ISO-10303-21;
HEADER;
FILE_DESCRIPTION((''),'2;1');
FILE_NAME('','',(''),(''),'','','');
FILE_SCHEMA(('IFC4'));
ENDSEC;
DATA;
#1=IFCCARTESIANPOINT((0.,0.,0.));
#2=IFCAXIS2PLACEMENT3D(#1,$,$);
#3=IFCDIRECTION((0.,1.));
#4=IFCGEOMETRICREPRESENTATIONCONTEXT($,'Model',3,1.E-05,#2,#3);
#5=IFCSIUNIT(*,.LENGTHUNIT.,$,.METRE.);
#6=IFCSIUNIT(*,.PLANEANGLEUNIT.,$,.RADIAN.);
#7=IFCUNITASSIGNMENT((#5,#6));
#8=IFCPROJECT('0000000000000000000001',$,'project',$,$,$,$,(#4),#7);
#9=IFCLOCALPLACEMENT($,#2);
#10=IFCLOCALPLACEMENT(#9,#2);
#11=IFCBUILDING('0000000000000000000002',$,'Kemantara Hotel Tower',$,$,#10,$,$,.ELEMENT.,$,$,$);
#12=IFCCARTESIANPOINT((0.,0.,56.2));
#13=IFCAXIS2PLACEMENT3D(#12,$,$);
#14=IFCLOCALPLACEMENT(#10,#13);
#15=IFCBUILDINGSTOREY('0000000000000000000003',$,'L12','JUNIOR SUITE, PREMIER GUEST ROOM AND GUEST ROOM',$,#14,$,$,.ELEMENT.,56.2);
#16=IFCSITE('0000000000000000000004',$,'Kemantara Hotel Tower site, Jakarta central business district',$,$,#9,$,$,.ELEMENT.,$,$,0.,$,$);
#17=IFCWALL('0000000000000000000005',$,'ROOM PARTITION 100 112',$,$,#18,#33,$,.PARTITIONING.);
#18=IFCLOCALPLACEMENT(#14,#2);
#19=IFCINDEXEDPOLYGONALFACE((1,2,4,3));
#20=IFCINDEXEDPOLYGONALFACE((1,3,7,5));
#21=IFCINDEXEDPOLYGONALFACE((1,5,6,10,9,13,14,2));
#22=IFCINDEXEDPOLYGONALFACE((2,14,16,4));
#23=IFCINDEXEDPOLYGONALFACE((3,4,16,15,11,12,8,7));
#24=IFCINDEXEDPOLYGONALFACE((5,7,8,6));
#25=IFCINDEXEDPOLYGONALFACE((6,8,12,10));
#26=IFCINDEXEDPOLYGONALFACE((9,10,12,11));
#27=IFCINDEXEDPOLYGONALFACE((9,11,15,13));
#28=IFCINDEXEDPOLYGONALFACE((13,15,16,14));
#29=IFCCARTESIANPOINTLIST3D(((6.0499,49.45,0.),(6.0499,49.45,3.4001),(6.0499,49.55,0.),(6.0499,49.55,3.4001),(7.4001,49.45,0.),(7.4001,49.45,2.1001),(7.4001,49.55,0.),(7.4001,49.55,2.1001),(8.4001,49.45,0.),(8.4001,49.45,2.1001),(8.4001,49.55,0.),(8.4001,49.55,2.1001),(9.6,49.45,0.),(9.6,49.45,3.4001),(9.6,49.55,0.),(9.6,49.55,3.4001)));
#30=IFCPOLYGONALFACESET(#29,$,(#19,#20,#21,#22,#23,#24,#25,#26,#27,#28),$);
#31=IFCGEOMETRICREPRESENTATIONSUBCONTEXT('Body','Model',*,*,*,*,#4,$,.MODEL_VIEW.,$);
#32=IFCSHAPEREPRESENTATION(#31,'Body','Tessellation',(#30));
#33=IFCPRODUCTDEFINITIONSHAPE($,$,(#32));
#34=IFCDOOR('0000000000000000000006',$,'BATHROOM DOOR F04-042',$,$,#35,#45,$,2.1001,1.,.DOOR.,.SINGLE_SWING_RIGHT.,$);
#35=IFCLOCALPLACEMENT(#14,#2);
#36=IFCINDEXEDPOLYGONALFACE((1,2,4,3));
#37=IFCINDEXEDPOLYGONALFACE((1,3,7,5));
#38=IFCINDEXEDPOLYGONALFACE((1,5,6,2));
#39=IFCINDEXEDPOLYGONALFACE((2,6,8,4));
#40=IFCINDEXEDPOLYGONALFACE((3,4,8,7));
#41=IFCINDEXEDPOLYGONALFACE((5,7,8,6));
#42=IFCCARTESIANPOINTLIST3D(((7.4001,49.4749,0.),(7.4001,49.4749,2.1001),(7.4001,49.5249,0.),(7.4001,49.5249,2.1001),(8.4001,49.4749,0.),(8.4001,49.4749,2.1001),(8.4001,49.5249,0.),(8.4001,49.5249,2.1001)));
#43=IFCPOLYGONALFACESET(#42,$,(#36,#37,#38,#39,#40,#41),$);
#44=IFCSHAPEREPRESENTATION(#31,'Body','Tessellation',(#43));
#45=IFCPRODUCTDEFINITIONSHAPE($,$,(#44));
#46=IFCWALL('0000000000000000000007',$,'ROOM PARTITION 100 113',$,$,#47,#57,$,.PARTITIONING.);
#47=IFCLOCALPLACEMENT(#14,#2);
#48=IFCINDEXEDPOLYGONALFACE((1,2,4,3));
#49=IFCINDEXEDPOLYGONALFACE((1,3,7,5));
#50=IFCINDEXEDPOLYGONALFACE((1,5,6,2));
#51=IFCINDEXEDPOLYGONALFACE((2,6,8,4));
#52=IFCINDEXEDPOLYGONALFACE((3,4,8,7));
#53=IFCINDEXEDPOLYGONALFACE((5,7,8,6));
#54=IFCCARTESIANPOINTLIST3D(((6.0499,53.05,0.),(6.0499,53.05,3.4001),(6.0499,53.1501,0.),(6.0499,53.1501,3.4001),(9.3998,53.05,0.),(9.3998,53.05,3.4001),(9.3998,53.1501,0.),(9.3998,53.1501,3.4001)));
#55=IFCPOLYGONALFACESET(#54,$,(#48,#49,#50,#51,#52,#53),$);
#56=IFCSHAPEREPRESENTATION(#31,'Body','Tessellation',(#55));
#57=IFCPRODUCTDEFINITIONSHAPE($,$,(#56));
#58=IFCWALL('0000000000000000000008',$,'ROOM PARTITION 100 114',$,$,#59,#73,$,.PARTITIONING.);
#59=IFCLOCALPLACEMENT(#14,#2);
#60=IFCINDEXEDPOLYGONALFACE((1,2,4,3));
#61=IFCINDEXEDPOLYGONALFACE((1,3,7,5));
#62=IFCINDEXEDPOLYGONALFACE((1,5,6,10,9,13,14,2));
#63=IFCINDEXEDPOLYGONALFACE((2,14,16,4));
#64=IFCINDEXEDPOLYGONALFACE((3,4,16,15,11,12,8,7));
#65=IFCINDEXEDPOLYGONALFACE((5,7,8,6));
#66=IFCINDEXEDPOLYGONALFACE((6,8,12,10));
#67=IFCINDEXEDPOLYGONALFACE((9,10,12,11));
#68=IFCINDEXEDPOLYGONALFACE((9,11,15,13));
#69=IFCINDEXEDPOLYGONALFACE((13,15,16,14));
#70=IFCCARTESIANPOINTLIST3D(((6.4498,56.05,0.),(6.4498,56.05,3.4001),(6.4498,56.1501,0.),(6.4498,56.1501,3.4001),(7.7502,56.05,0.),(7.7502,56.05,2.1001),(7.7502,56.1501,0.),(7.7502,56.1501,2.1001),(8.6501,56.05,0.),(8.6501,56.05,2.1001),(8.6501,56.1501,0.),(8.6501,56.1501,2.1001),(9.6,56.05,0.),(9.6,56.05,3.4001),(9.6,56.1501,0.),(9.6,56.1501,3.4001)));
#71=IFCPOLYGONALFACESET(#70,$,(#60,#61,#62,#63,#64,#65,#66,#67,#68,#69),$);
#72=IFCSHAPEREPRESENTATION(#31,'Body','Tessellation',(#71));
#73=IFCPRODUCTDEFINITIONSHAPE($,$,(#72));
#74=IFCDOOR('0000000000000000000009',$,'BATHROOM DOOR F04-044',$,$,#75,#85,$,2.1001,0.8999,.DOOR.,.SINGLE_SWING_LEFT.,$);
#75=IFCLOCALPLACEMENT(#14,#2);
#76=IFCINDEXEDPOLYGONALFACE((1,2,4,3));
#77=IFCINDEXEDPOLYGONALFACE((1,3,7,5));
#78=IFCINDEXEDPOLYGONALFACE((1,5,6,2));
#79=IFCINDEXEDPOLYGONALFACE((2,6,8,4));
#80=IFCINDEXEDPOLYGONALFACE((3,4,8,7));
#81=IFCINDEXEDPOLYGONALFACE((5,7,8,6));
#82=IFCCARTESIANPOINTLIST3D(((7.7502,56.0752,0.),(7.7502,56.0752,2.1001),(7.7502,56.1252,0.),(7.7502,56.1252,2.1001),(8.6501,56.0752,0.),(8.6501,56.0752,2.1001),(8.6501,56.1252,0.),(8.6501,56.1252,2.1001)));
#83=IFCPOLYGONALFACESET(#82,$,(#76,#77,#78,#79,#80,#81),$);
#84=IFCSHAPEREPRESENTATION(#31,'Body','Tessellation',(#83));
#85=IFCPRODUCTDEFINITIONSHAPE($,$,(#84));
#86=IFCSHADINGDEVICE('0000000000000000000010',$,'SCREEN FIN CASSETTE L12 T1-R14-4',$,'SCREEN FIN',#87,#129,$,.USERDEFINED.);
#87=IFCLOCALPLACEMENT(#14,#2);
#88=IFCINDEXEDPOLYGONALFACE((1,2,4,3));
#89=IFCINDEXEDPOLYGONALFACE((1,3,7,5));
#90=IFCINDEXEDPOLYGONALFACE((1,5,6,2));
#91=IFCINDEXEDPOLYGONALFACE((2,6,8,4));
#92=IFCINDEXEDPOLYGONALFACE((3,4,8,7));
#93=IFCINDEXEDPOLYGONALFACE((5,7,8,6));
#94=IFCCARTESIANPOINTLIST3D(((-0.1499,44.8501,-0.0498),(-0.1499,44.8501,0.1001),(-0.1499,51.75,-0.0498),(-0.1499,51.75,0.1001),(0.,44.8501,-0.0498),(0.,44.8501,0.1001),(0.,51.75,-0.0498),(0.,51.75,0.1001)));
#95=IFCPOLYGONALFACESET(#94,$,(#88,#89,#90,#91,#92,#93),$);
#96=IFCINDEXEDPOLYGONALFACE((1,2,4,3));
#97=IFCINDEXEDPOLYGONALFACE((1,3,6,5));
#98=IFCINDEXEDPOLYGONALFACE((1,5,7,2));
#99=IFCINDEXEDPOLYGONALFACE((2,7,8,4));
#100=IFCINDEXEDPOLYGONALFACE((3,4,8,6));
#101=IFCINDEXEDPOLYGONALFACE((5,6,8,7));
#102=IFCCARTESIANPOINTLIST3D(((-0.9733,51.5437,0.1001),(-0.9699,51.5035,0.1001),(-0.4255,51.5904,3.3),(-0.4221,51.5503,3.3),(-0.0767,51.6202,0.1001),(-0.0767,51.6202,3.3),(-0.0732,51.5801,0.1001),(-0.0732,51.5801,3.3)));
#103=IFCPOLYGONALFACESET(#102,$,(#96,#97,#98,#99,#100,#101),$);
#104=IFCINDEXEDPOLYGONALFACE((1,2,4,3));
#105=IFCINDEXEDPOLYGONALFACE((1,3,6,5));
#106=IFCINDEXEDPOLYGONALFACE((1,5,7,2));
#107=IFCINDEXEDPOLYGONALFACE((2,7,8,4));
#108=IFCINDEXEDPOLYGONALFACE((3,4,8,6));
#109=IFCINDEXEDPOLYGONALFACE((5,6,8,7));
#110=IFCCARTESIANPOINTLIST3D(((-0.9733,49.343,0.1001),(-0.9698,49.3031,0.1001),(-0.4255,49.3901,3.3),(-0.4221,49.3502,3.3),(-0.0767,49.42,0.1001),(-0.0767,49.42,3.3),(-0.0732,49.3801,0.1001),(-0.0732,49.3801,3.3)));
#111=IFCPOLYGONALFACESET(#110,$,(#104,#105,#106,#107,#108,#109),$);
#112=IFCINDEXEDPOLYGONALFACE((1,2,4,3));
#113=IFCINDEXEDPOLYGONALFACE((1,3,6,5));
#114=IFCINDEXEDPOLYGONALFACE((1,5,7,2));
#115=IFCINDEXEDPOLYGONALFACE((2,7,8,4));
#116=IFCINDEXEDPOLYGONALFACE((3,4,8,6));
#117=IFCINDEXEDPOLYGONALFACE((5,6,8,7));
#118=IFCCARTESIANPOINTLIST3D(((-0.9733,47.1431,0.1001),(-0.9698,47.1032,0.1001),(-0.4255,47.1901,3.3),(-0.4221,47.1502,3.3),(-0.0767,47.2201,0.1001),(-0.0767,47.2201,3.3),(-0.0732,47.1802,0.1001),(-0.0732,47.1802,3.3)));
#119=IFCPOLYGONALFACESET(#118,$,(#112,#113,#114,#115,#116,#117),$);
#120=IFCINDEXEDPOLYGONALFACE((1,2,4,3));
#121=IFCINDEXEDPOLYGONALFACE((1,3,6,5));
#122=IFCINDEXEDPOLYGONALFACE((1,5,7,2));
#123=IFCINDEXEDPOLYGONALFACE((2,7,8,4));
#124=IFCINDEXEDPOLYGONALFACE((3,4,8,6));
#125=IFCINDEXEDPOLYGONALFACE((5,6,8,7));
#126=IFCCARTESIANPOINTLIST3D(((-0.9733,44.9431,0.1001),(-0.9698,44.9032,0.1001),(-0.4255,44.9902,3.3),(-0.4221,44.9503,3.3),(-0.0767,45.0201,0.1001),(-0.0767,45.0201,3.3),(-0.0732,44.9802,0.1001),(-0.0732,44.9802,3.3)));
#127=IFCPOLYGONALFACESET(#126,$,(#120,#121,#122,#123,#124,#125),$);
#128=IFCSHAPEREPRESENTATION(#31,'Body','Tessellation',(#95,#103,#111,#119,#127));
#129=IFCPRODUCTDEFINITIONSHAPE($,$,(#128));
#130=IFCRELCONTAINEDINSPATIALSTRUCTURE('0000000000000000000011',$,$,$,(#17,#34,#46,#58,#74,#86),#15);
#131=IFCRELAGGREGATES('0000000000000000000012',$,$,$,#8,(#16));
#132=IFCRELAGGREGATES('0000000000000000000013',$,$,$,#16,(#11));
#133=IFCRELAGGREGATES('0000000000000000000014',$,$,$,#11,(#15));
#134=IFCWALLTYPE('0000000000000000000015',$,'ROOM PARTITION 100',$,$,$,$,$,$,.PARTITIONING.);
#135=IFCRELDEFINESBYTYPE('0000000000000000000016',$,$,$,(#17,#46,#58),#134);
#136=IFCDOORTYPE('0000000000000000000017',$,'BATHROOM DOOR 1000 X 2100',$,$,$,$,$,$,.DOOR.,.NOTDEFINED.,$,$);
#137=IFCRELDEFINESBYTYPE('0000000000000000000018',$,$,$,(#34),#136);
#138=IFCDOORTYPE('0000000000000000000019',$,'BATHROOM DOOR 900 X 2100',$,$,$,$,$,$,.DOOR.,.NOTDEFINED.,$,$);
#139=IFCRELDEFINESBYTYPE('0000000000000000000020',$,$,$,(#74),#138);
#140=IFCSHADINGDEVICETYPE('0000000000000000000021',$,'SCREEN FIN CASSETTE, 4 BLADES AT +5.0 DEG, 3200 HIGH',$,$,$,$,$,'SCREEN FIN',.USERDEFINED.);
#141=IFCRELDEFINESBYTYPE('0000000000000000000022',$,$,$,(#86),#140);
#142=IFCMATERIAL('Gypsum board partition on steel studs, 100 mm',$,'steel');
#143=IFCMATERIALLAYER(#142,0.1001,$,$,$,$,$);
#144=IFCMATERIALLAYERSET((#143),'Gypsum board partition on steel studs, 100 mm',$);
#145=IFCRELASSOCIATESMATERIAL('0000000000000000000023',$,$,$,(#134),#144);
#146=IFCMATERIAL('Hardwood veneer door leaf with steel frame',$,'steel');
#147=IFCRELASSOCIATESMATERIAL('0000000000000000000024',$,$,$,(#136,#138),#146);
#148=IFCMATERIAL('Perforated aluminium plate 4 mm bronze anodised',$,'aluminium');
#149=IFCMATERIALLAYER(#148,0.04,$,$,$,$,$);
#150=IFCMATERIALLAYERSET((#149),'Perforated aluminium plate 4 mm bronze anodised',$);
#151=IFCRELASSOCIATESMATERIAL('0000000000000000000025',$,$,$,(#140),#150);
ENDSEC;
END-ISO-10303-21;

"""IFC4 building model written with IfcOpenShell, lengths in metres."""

from ifc_helpers import new_model, si_unit, direction, frame, frame_2d, origin, origin_2d, place, context, subcontext, project, spatial, polyline, rectangle, outline, extrude, source, transform, mapped, material, layer, layer_set, type_object, element, fill, save


model = new_model("IFC4")

# Units and contexts
model_context = context("Model", 3, precision=1e-05, world=origin(), true_north=direction((0.0, 1.0)))
body_context = subcontext(model_context, "Body", "Model", "MODEL_VIEW")
ifc_project = project(units=[si_unit("LENGTHUNIT", "METRE"), si_unit("PLANEANGLEUNIT", "RADIAN")], contexts=[model_context])

# Site, building, storey
site_placement = place(None, origin())
site = spatial("IfcSite", under=ifc_project, at=site_placement, Name="Kemantara Hotel Tower site, Jakarta central business district", CompositionType="ELEMENT", RefElevation=0.0)
building_placement = place(site_placement, origin())
building = spatial("IfcBuilding", under=site, at=building_placement, Name="Kemantara Hotel Tower", CompositionType="ELEMENT")
storey_placement = place(building_placement, frame((0.0, 0.0, 56.2)))
storey = spatial("IfcBuildingStorey", under=building, at=storey_placement, Name="L12", Description="JUNIOR SUITE, PREMIER GUEST ROOM AND GUEST ROOM", CompositionType="ELEMENT", Elevation=56.2)

# Shared definitions
ifc_material_1 = material(Name="Hardwood veneer door leaf with steel frame", Category="steel")

# Shared definitions
ifc_material_2 = material(Name="Gypsum board partition on steel studs, 100 mm", Category="steel")
ifc_layer_1 = layer(ifc_material_2, 0.1001)
ifc_layer_set_1 = layer_set([ifc_layer_1], Name="Gypsum board partition on steel studs, 100 mm")
wall_type_1 = type_object("IfcWallType", Name="ROOM PARTITION 100", PredefinedType="PARTITIONING", material=ifc_layer_set_1)

# Wall, opening, door
wall_1_placement = place(storey_placement, frame((6.05, 49.5, 0.0), z_axis=(0.0, 0.0, 1.0), x_axis=(1.0, 0.0, 0.0)))
wall_1 = element("IfcWall", 1, at=wall_1_placement, inside=storey, type_object=wall_type_1, Name="ROOM PARTITION 100 112", PredefinedType="PARTITIONING", context=body_context, shape_type="SweptSolid", body=[
    extrude(rectangle(XDim=3.55, YDim=0.1001, at=frame_2d((1.7749, 0.0))), origin(), (0.0, 0.0, 1.0), 3.4001),
])
opening_1_placement = place(wall_1_placement, frame((1.3501, 0.0, 0.0)))
opening_1 = element("IfcOpeningElement", 2, at=opening_1_placement, cuts=wall_1, PredefinedType="OPENING", context=body_context, shape_type="SweptSolid", body=[
    extrude(rectangle(XDim=1.0, YDim=2.1001, at=frame_2d((0.5, 1.05))), frame((0.0, 0.0601, 0.0), z_axis=(0.0, -1.0, 0.0), x_axis=(1.0, 0.0, 0.0)), (0.0, 0.0, 1.0), 0.1201),
])
door_type_1 = type_object("IfcDoorType", Name="BATHROOM DOOR 1000 X 2100", OperationType="NOTDEFINED", PredefinedType="DOOR", material=ifc_material_1)
door_1_placement = place(opening_1_placement, origin())
door_1 = element("IfcDoor", 3, at=door_1_placement, inside=storey, type_object=door_type_1, Name="BATHROOM DOOR F04-042", OperationType="SINGLE_SWING_RIGHT", OverallHeight=2.1001, OverallWidth=1.0, PredefinedType="DOOR", context=body_context, shape_type="SweptSolid", body=[
    extrude(rectangle(XDim=1.0, YDim=2.1001, at=frame_2d((0.5, 1.05))), frame((0.0, 0.0249, 0.0), z_axis=(0.0, -1.0, 0.0), x_axis=(1.0, 0.0, 0.0)), (0.0, 0.0, 1.0), 0.05),
])
fill(opening_1, door_1)

# Wall
wall_2_placement = place(storey_placement, frame((6.05, 53.1001, 0.0), z_axis=(0.0, 0.0, 1.0), x_axis=(1.0, 0.0, 0.0)))
element("IfcWall", 4, at=wall_2_placement, inside=storey, type_object=wall_type_1, Name="ROOM PARTITION 100 113", PredefinedType="PARTITIONING", context=body_context, shape_type="SweptSolid", body=[
    extrude(rectangle(XDim=3.3499, YDim=0.1001, at=frame_2d((1.6748, 0.0))), origin(), (0.0, 0.0, 1.0), 3.4001),
])

# Wall, opening, door
wall_3_placement = place(storey_placement, frame((9.6001, 56.1001, 0.0), z_axis=(0.0, 0.0, 1.0), x_axis=(-1.0, 0.0, 0.0)))
wall_3 = element("IfcWall", 5, at=wall_3_placement, inside=storey, type_object=wall_type_1, Name="ROOM PARTITION 100 114", PredefinedType="PARTITIONING", context=body_context, shape_type="SweptSolid", body=[
    extrude(rectangle(XDim=3.1501, YDim=0.1001, at=frame_2d((1.5752, 0.0))), origin(), (0.0, 0.0, 1.0), 3.4001),
])
opening_2_placement = place(wall_3_placement, frame((0.95, 0.0, 0.0)))
opening_2 = element("IfcOpeningElement", 6, at=opening_2_placement, cuts=wall_3, PredefinedType="OPENING", context=body_context, shape_type="SweptSolid", body=[
    extrude(rectangle(XDim=0.8999, YDim=2.1001, at=frame_2d((0.45, 1.05))), frame((0.0, 0.0601, 0.0), z_axis=(0.0, -1.0, 0.0), x_axis=(1.0, 0.0, 0.0)), (0.0, 0.0, 1.0), 0.1201),
])
door_type_2 = type_object("IfcDoorType", Name="BATHROOM DOOR 900 X 2100", OperationType="NOTDEFINED", PredefinedType="DOOR", material=ifc_material_1)
door_2_placement = place(opening_2_placement, origin())
door_2 = element("IfcDoor", 7, at=door_2_placement, inside=storey, type_object=door_type_2, Name="BATHROOM DOOR F04-044", OperationType="SINGLE_SWING_LEFT", OverallHeight=2.1001, OverallWidth=0.8999, PredefinedType="DOOR", context=body_context, shape_type="SweptSolid", body=[
    extrude(rectangle(XDim=0.8999, YDim=2.1001, at=frame_2d((0.45, 1.05))), frame((0.0, 0.0249, 0.0), z_axis=(0.0, -1.0, 0.0), x_axis=(1.0, 0.0, 0.0)), (0.0, 0.0, 1.0), 0.05),
])
fill(opening_2, door_2)

# Shading device
ifc_material_3 = material(Name="Perforated aluminium plate 4 mm bronze anodised", Category="aluminium")
ifc_layer_2 = layer(ifc_material_3, 0.04)
ifc_layer_set_2 = layer_set([ifc_layer_2], Name="Perforated aluminium plate 4 mm bronze anodised")
shading_device_type = type_object("IfcShadingDeviceType", Name="SCREEN FIN CASSETTE, 4 BLADES AT +5.0 DEG, 3200 HIGH", ElementType="SCREEN FIN", PredefinedType="USERDEFINED", material=ifc_layer_set_2)
shared_shape = source(origin(), body_context, "Body", "SweptSolid", [
    extrude(rectangle(XDim=6.8999, YDim=0.1499, at=origin_2d()), frame((3.3, -0.075, -0.1499), z_axis=(0.0, 0.0, 1.0), x_axis=(1.0, 0.0, 0.0)), (0.0, 0.0, 1.0), 0.1499),
    extrude(outline(polyline([(0.0, 0.0), (0.8999, 0.0), (0.3501, 3.2), (0.0, 3.2), (0.0, 0.0)])), frame((0.02, -0.0732, 0.0), z_axis=(-0.996376, -0.085056, 0.0), x_axis=(0.085056, -0.996376, 0.0)), (0.0, 0.0, 1.0), 0.0403),
    extrude(outline(polyline([(0.0, 0.0), (0.8999, 0.0), (0.3501, 3.2), (0.0, 3.2), (0.0, 0.0)])), frame((2.22, -0.0732, 0.0), z_axis=(-0.996332, -0.085575, 0.0), x_axis=(0.085575, -0.996332, 0.0)), (0.0, 0.0, 1.0), 0.04),
    extrude(outline(polyline([(0.0, 0.0), (0.8999, 0.0), (0.3501, 3.2), (0.0, 3.2), (0.0, 0.0)])), frame((4.4199, -0.0732, 0.0), z_axis=(-0.996332, -0.085575, 0.0), x_axis=(0.085575, -0.996332, 0.0)), (0.0, 0.0, 1.0), 0.04),
    extrude(outline(polyline([(0.0, 0.0), (0.8999, 0.0), (0.3501, 3.2), (0.0, 3.2), (0.0, 0.0)])), frame((6.6199, -0.0732, 0.0), z_axis=(-0.996332, -0.085575, 0.0), x_axis=(0.085575, -0.996332, 0.0)), (0.0, 0.0, 1.0), 0.04),
])
shading_device_placement = place(storey_placement, frame((0.0, 51.6001, 0.1001), z_axis=(0.0, 0.0, 1.0), x_axis=(0.0, -1.0, 0.0)))
element("IfcShadingDevice", 8, at=shading_device_placement, inside=storey, type_object=shading_device_type, Name="SCREEN FIN CASSETTE L12 T1-R14-4", ObjectType="SCREEN FIN", PredefinedType="USERDEFINED", context=body_context, shape_type="MappedRepresentation", body=[
    mapped(shared_shape, transform((0.0, 0.0, 0.0))),
])

save(model, "model.ifc")
